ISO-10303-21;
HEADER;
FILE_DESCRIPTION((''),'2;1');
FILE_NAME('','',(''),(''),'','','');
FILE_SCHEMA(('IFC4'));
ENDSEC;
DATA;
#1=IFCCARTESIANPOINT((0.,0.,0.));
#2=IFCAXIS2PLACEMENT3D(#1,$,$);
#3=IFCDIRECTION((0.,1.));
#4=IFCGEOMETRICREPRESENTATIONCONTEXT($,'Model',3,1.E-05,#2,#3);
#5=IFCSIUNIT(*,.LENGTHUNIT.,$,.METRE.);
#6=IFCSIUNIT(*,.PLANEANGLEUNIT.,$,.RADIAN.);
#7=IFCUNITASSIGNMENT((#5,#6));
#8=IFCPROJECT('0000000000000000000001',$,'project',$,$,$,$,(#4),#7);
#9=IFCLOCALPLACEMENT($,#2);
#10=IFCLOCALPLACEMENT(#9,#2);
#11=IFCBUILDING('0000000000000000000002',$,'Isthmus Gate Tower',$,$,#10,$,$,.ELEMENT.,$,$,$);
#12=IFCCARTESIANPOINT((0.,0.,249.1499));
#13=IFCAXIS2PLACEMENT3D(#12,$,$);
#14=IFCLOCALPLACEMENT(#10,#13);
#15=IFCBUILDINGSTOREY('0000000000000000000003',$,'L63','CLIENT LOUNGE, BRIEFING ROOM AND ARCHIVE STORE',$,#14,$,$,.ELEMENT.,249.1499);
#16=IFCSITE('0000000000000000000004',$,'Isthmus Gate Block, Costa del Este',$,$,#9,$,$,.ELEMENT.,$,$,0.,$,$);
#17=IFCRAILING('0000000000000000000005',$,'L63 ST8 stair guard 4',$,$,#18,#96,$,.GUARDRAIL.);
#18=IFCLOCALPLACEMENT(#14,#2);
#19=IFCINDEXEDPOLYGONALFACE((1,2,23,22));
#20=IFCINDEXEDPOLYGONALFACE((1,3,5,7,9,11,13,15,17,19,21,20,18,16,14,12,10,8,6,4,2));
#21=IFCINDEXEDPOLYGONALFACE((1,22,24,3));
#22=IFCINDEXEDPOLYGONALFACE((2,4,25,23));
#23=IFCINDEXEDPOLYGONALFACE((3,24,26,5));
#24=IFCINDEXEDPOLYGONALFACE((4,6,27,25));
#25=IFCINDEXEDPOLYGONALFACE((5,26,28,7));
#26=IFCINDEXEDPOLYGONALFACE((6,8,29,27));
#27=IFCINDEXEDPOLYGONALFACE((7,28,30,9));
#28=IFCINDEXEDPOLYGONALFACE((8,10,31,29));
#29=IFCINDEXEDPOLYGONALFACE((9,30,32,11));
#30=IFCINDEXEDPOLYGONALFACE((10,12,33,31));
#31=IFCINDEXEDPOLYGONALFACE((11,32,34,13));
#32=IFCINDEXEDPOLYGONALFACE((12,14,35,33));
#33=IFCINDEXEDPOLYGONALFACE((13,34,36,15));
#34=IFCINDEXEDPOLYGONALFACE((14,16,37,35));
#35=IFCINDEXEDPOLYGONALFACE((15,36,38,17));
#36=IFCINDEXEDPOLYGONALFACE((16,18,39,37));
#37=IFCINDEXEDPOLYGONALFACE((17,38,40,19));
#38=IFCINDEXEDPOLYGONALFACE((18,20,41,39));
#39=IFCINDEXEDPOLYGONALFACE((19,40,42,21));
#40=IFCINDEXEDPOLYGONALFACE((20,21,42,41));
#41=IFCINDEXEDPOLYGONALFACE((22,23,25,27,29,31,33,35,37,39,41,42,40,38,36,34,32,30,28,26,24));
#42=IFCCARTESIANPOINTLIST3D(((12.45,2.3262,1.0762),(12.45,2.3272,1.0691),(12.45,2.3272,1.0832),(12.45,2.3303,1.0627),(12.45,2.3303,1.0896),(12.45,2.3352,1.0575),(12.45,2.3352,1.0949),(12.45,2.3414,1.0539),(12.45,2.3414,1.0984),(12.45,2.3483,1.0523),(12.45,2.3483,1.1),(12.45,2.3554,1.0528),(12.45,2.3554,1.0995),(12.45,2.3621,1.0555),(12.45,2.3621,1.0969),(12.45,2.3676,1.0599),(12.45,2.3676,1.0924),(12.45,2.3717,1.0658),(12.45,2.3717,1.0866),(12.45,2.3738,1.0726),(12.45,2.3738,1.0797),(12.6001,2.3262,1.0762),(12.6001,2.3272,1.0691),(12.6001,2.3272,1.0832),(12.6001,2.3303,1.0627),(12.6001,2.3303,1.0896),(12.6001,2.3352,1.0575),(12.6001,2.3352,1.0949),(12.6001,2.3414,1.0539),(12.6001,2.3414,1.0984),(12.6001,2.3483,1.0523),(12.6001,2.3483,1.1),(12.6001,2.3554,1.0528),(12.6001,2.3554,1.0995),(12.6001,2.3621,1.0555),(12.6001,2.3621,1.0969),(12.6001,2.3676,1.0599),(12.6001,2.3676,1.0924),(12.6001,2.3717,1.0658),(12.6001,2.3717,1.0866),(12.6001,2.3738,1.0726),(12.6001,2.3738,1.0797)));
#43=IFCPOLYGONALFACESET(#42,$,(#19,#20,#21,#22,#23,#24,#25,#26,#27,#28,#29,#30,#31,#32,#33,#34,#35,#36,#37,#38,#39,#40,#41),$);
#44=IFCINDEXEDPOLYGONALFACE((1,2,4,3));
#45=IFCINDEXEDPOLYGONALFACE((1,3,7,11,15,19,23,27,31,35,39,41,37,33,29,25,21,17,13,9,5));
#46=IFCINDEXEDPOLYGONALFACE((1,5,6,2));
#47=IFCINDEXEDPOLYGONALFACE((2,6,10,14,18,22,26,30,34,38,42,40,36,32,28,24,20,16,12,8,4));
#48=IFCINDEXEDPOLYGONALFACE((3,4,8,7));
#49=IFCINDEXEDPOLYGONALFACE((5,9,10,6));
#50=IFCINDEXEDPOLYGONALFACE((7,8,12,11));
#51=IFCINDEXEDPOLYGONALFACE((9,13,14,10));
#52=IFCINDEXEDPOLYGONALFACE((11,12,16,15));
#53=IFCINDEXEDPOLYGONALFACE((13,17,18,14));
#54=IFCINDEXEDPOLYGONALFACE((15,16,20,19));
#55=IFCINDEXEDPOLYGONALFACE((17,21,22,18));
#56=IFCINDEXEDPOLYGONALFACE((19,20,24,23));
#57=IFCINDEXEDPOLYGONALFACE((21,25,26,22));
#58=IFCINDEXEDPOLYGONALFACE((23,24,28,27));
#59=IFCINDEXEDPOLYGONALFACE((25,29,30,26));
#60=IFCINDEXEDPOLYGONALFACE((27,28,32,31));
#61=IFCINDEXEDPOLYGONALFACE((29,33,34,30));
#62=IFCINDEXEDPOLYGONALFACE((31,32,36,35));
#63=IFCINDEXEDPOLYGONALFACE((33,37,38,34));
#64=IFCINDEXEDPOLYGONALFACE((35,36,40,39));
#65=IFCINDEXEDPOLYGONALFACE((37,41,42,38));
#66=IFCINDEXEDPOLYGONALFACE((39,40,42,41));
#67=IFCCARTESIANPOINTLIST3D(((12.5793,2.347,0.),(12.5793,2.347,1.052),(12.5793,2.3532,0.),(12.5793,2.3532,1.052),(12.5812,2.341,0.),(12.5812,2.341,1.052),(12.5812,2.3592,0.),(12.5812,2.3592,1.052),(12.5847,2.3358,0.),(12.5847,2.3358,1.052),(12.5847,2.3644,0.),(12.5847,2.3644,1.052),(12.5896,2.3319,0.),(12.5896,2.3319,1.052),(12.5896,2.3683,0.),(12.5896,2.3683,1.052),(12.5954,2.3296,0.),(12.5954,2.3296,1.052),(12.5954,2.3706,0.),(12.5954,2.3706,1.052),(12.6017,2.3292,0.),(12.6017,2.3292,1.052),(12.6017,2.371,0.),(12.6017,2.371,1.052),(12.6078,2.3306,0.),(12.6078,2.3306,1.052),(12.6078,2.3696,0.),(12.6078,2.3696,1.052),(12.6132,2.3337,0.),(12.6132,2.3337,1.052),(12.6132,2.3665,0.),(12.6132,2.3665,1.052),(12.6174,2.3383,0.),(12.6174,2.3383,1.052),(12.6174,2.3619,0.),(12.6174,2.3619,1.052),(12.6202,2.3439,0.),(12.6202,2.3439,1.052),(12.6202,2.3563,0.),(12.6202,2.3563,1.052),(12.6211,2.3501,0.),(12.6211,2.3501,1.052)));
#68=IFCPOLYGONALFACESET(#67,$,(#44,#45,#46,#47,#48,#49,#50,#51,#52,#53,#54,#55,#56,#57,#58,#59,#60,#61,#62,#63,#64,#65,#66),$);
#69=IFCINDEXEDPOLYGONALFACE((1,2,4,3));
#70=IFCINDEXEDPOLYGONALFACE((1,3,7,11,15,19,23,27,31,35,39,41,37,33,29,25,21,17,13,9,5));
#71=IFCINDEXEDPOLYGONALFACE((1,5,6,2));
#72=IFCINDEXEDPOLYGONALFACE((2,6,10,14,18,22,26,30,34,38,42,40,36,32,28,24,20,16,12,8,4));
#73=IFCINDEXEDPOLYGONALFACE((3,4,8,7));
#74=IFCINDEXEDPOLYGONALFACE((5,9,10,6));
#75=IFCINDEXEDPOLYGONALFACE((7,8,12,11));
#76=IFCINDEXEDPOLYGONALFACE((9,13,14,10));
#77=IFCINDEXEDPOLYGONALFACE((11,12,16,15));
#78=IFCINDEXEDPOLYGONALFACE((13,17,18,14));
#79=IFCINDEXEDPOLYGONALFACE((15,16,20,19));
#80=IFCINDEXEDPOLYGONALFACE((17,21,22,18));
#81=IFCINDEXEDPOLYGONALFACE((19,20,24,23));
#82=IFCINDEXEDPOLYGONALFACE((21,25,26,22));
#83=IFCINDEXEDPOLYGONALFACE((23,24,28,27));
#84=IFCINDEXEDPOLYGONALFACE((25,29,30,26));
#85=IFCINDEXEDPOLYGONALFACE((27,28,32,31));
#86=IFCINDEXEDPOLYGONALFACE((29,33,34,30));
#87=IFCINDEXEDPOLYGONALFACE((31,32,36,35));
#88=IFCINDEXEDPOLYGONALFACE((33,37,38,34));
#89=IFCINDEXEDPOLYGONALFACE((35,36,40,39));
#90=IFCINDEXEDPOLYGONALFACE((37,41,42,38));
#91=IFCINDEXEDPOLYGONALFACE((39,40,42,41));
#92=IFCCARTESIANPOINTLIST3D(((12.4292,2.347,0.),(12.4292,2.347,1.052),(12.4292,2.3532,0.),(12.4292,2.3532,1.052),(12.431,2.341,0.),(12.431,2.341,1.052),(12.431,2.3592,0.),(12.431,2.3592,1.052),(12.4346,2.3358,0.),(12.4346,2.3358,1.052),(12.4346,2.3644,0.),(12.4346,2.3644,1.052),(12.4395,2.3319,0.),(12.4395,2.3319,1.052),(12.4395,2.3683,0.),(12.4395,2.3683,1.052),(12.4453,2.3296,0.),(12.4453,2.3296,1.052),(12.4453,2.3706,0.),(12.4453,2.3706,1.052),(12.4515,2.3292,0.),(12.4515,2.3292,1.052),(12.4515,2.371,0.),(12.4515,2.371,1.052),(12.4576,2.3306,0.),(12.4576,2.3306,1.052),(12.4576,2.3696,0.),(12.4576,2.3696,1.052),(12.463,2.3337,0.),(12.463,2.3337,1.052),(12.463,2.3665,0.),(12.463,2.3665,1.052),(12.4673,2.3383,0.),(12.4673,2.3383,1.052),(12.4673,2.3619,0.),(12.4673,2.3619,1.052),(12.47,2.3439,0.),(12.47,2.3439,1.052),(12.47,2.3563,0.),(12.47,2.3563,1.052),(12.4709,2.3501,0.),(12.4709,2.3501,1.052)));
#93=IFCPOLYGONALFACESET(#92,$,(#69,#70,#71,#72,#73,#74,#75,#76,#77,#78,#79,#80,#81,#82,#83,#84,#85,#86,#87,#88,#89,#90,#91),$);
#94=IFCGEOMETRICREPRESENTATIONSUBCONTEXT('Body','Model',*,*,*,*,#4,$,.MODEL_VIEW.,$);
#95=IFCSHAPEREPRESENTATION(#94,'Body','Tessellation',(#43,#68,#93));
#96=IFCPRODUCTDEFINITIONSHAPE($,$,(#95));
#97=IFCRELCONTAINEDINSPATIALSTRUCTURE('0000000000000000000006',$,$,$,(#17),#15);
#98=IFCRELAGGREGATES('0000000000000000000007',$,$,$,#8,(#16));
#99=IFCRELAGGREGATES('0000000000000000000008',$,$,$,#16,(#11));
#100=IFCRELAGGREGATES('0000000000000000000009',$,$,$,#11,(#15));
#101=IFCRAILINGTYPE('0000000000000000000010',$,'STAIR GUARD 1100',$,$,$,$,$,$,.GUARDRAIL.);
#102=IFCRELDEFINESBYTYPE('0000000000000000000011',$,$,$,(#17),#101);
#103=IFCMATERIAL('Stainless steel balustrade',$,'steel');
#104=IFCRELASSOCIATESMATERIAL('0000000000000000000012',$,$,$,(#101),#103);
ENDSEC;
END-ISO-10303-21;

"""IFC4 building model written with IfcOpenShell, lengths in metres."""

from ifc_helpers import new_model, si_unit, direction, frame, origin, origin_2d, place, context, subcontext, project, spatial, circle, extrude, material, type_object, element, save


model = new_model("IFC4")

# Units and contexts
model_context = context("Model", 3, precision=1e-05, world=origin(), true_north=direction((0.0, 1.0)))
body_context = subcontext(model_context, "Body", "Model", "MODEL_VIEW")
ifc_project = project(units=[si_unit("LENGTHUNIT", "METRE"), si_unit("PLANEANGLEUNIT", "RADIAN")], contexts=[model_context])

# Site, building, storey
site_placement = place(None, origin())
site = spatial("IfcSite", under=ifc_project, at=site_placement, Name="Isthmus Gate Block, Costa del Este", CompositionType="ELEMENT", RefElevation=0.0)
building_placement = place(site_placement, origin())
building = spatial("IfcBuilding", under=site, at=building_placement, Name="Isthmus Gate Tower", CompositionType="ELEMENT")
storey_placement = place(building_placement, frame((0.0, 0.0, 249.1499)))
storey = spatial("IfcBuildingStorey", under=building, at=storey_placement, Name="L63", Description="CLIENT LOUNGE, BRIEFING ROOM AND ARCHIVE STORE", CompositionType="ELEMENT", Elevation=249.1499)

# Railing
ifc_material_1 = material(Name="Stainless steel balustrade", Category="steel")
railing_type_1 = type_object("IfcRailingType", Name="STAIR GUARD 1100", PredefinedType="GUARDRAIL", material=ifc_material_1)
railing_1_placement = place(storey_placement, frame((12.6001, 2.3501, 0.0)))
element("IfcRailing", 1, at=railing_1_placement, inside=storey, type_object=railing_type_1, Name="L63 ST8 stair guard 4", PredefinedType="GUARDRAIL", context=body_context, shape_type="SweptSolid", body=[
    extrude(circle(Radius=0.0239, at=origin_2d()), frame((0.0, 0.0, 1.0762), z_axis=(-1.0, 0.0, 0.0), x_axis=(0.0, -1.0, 0.0)), (0.0, 0.0, 1.0), 0.1501),
    extrude(circle(Radius=0.021, at=origin_2d()), origin(), (0.0, 0.0, 1.0), 1.052),
    extrude(circle(Radius=0.021, at=origin_2d()), frame((-0.1501, 0.0, 0.0)), (0.0, 0.0, 1.0), 1.052),
])

save(model, "model.ifc")
